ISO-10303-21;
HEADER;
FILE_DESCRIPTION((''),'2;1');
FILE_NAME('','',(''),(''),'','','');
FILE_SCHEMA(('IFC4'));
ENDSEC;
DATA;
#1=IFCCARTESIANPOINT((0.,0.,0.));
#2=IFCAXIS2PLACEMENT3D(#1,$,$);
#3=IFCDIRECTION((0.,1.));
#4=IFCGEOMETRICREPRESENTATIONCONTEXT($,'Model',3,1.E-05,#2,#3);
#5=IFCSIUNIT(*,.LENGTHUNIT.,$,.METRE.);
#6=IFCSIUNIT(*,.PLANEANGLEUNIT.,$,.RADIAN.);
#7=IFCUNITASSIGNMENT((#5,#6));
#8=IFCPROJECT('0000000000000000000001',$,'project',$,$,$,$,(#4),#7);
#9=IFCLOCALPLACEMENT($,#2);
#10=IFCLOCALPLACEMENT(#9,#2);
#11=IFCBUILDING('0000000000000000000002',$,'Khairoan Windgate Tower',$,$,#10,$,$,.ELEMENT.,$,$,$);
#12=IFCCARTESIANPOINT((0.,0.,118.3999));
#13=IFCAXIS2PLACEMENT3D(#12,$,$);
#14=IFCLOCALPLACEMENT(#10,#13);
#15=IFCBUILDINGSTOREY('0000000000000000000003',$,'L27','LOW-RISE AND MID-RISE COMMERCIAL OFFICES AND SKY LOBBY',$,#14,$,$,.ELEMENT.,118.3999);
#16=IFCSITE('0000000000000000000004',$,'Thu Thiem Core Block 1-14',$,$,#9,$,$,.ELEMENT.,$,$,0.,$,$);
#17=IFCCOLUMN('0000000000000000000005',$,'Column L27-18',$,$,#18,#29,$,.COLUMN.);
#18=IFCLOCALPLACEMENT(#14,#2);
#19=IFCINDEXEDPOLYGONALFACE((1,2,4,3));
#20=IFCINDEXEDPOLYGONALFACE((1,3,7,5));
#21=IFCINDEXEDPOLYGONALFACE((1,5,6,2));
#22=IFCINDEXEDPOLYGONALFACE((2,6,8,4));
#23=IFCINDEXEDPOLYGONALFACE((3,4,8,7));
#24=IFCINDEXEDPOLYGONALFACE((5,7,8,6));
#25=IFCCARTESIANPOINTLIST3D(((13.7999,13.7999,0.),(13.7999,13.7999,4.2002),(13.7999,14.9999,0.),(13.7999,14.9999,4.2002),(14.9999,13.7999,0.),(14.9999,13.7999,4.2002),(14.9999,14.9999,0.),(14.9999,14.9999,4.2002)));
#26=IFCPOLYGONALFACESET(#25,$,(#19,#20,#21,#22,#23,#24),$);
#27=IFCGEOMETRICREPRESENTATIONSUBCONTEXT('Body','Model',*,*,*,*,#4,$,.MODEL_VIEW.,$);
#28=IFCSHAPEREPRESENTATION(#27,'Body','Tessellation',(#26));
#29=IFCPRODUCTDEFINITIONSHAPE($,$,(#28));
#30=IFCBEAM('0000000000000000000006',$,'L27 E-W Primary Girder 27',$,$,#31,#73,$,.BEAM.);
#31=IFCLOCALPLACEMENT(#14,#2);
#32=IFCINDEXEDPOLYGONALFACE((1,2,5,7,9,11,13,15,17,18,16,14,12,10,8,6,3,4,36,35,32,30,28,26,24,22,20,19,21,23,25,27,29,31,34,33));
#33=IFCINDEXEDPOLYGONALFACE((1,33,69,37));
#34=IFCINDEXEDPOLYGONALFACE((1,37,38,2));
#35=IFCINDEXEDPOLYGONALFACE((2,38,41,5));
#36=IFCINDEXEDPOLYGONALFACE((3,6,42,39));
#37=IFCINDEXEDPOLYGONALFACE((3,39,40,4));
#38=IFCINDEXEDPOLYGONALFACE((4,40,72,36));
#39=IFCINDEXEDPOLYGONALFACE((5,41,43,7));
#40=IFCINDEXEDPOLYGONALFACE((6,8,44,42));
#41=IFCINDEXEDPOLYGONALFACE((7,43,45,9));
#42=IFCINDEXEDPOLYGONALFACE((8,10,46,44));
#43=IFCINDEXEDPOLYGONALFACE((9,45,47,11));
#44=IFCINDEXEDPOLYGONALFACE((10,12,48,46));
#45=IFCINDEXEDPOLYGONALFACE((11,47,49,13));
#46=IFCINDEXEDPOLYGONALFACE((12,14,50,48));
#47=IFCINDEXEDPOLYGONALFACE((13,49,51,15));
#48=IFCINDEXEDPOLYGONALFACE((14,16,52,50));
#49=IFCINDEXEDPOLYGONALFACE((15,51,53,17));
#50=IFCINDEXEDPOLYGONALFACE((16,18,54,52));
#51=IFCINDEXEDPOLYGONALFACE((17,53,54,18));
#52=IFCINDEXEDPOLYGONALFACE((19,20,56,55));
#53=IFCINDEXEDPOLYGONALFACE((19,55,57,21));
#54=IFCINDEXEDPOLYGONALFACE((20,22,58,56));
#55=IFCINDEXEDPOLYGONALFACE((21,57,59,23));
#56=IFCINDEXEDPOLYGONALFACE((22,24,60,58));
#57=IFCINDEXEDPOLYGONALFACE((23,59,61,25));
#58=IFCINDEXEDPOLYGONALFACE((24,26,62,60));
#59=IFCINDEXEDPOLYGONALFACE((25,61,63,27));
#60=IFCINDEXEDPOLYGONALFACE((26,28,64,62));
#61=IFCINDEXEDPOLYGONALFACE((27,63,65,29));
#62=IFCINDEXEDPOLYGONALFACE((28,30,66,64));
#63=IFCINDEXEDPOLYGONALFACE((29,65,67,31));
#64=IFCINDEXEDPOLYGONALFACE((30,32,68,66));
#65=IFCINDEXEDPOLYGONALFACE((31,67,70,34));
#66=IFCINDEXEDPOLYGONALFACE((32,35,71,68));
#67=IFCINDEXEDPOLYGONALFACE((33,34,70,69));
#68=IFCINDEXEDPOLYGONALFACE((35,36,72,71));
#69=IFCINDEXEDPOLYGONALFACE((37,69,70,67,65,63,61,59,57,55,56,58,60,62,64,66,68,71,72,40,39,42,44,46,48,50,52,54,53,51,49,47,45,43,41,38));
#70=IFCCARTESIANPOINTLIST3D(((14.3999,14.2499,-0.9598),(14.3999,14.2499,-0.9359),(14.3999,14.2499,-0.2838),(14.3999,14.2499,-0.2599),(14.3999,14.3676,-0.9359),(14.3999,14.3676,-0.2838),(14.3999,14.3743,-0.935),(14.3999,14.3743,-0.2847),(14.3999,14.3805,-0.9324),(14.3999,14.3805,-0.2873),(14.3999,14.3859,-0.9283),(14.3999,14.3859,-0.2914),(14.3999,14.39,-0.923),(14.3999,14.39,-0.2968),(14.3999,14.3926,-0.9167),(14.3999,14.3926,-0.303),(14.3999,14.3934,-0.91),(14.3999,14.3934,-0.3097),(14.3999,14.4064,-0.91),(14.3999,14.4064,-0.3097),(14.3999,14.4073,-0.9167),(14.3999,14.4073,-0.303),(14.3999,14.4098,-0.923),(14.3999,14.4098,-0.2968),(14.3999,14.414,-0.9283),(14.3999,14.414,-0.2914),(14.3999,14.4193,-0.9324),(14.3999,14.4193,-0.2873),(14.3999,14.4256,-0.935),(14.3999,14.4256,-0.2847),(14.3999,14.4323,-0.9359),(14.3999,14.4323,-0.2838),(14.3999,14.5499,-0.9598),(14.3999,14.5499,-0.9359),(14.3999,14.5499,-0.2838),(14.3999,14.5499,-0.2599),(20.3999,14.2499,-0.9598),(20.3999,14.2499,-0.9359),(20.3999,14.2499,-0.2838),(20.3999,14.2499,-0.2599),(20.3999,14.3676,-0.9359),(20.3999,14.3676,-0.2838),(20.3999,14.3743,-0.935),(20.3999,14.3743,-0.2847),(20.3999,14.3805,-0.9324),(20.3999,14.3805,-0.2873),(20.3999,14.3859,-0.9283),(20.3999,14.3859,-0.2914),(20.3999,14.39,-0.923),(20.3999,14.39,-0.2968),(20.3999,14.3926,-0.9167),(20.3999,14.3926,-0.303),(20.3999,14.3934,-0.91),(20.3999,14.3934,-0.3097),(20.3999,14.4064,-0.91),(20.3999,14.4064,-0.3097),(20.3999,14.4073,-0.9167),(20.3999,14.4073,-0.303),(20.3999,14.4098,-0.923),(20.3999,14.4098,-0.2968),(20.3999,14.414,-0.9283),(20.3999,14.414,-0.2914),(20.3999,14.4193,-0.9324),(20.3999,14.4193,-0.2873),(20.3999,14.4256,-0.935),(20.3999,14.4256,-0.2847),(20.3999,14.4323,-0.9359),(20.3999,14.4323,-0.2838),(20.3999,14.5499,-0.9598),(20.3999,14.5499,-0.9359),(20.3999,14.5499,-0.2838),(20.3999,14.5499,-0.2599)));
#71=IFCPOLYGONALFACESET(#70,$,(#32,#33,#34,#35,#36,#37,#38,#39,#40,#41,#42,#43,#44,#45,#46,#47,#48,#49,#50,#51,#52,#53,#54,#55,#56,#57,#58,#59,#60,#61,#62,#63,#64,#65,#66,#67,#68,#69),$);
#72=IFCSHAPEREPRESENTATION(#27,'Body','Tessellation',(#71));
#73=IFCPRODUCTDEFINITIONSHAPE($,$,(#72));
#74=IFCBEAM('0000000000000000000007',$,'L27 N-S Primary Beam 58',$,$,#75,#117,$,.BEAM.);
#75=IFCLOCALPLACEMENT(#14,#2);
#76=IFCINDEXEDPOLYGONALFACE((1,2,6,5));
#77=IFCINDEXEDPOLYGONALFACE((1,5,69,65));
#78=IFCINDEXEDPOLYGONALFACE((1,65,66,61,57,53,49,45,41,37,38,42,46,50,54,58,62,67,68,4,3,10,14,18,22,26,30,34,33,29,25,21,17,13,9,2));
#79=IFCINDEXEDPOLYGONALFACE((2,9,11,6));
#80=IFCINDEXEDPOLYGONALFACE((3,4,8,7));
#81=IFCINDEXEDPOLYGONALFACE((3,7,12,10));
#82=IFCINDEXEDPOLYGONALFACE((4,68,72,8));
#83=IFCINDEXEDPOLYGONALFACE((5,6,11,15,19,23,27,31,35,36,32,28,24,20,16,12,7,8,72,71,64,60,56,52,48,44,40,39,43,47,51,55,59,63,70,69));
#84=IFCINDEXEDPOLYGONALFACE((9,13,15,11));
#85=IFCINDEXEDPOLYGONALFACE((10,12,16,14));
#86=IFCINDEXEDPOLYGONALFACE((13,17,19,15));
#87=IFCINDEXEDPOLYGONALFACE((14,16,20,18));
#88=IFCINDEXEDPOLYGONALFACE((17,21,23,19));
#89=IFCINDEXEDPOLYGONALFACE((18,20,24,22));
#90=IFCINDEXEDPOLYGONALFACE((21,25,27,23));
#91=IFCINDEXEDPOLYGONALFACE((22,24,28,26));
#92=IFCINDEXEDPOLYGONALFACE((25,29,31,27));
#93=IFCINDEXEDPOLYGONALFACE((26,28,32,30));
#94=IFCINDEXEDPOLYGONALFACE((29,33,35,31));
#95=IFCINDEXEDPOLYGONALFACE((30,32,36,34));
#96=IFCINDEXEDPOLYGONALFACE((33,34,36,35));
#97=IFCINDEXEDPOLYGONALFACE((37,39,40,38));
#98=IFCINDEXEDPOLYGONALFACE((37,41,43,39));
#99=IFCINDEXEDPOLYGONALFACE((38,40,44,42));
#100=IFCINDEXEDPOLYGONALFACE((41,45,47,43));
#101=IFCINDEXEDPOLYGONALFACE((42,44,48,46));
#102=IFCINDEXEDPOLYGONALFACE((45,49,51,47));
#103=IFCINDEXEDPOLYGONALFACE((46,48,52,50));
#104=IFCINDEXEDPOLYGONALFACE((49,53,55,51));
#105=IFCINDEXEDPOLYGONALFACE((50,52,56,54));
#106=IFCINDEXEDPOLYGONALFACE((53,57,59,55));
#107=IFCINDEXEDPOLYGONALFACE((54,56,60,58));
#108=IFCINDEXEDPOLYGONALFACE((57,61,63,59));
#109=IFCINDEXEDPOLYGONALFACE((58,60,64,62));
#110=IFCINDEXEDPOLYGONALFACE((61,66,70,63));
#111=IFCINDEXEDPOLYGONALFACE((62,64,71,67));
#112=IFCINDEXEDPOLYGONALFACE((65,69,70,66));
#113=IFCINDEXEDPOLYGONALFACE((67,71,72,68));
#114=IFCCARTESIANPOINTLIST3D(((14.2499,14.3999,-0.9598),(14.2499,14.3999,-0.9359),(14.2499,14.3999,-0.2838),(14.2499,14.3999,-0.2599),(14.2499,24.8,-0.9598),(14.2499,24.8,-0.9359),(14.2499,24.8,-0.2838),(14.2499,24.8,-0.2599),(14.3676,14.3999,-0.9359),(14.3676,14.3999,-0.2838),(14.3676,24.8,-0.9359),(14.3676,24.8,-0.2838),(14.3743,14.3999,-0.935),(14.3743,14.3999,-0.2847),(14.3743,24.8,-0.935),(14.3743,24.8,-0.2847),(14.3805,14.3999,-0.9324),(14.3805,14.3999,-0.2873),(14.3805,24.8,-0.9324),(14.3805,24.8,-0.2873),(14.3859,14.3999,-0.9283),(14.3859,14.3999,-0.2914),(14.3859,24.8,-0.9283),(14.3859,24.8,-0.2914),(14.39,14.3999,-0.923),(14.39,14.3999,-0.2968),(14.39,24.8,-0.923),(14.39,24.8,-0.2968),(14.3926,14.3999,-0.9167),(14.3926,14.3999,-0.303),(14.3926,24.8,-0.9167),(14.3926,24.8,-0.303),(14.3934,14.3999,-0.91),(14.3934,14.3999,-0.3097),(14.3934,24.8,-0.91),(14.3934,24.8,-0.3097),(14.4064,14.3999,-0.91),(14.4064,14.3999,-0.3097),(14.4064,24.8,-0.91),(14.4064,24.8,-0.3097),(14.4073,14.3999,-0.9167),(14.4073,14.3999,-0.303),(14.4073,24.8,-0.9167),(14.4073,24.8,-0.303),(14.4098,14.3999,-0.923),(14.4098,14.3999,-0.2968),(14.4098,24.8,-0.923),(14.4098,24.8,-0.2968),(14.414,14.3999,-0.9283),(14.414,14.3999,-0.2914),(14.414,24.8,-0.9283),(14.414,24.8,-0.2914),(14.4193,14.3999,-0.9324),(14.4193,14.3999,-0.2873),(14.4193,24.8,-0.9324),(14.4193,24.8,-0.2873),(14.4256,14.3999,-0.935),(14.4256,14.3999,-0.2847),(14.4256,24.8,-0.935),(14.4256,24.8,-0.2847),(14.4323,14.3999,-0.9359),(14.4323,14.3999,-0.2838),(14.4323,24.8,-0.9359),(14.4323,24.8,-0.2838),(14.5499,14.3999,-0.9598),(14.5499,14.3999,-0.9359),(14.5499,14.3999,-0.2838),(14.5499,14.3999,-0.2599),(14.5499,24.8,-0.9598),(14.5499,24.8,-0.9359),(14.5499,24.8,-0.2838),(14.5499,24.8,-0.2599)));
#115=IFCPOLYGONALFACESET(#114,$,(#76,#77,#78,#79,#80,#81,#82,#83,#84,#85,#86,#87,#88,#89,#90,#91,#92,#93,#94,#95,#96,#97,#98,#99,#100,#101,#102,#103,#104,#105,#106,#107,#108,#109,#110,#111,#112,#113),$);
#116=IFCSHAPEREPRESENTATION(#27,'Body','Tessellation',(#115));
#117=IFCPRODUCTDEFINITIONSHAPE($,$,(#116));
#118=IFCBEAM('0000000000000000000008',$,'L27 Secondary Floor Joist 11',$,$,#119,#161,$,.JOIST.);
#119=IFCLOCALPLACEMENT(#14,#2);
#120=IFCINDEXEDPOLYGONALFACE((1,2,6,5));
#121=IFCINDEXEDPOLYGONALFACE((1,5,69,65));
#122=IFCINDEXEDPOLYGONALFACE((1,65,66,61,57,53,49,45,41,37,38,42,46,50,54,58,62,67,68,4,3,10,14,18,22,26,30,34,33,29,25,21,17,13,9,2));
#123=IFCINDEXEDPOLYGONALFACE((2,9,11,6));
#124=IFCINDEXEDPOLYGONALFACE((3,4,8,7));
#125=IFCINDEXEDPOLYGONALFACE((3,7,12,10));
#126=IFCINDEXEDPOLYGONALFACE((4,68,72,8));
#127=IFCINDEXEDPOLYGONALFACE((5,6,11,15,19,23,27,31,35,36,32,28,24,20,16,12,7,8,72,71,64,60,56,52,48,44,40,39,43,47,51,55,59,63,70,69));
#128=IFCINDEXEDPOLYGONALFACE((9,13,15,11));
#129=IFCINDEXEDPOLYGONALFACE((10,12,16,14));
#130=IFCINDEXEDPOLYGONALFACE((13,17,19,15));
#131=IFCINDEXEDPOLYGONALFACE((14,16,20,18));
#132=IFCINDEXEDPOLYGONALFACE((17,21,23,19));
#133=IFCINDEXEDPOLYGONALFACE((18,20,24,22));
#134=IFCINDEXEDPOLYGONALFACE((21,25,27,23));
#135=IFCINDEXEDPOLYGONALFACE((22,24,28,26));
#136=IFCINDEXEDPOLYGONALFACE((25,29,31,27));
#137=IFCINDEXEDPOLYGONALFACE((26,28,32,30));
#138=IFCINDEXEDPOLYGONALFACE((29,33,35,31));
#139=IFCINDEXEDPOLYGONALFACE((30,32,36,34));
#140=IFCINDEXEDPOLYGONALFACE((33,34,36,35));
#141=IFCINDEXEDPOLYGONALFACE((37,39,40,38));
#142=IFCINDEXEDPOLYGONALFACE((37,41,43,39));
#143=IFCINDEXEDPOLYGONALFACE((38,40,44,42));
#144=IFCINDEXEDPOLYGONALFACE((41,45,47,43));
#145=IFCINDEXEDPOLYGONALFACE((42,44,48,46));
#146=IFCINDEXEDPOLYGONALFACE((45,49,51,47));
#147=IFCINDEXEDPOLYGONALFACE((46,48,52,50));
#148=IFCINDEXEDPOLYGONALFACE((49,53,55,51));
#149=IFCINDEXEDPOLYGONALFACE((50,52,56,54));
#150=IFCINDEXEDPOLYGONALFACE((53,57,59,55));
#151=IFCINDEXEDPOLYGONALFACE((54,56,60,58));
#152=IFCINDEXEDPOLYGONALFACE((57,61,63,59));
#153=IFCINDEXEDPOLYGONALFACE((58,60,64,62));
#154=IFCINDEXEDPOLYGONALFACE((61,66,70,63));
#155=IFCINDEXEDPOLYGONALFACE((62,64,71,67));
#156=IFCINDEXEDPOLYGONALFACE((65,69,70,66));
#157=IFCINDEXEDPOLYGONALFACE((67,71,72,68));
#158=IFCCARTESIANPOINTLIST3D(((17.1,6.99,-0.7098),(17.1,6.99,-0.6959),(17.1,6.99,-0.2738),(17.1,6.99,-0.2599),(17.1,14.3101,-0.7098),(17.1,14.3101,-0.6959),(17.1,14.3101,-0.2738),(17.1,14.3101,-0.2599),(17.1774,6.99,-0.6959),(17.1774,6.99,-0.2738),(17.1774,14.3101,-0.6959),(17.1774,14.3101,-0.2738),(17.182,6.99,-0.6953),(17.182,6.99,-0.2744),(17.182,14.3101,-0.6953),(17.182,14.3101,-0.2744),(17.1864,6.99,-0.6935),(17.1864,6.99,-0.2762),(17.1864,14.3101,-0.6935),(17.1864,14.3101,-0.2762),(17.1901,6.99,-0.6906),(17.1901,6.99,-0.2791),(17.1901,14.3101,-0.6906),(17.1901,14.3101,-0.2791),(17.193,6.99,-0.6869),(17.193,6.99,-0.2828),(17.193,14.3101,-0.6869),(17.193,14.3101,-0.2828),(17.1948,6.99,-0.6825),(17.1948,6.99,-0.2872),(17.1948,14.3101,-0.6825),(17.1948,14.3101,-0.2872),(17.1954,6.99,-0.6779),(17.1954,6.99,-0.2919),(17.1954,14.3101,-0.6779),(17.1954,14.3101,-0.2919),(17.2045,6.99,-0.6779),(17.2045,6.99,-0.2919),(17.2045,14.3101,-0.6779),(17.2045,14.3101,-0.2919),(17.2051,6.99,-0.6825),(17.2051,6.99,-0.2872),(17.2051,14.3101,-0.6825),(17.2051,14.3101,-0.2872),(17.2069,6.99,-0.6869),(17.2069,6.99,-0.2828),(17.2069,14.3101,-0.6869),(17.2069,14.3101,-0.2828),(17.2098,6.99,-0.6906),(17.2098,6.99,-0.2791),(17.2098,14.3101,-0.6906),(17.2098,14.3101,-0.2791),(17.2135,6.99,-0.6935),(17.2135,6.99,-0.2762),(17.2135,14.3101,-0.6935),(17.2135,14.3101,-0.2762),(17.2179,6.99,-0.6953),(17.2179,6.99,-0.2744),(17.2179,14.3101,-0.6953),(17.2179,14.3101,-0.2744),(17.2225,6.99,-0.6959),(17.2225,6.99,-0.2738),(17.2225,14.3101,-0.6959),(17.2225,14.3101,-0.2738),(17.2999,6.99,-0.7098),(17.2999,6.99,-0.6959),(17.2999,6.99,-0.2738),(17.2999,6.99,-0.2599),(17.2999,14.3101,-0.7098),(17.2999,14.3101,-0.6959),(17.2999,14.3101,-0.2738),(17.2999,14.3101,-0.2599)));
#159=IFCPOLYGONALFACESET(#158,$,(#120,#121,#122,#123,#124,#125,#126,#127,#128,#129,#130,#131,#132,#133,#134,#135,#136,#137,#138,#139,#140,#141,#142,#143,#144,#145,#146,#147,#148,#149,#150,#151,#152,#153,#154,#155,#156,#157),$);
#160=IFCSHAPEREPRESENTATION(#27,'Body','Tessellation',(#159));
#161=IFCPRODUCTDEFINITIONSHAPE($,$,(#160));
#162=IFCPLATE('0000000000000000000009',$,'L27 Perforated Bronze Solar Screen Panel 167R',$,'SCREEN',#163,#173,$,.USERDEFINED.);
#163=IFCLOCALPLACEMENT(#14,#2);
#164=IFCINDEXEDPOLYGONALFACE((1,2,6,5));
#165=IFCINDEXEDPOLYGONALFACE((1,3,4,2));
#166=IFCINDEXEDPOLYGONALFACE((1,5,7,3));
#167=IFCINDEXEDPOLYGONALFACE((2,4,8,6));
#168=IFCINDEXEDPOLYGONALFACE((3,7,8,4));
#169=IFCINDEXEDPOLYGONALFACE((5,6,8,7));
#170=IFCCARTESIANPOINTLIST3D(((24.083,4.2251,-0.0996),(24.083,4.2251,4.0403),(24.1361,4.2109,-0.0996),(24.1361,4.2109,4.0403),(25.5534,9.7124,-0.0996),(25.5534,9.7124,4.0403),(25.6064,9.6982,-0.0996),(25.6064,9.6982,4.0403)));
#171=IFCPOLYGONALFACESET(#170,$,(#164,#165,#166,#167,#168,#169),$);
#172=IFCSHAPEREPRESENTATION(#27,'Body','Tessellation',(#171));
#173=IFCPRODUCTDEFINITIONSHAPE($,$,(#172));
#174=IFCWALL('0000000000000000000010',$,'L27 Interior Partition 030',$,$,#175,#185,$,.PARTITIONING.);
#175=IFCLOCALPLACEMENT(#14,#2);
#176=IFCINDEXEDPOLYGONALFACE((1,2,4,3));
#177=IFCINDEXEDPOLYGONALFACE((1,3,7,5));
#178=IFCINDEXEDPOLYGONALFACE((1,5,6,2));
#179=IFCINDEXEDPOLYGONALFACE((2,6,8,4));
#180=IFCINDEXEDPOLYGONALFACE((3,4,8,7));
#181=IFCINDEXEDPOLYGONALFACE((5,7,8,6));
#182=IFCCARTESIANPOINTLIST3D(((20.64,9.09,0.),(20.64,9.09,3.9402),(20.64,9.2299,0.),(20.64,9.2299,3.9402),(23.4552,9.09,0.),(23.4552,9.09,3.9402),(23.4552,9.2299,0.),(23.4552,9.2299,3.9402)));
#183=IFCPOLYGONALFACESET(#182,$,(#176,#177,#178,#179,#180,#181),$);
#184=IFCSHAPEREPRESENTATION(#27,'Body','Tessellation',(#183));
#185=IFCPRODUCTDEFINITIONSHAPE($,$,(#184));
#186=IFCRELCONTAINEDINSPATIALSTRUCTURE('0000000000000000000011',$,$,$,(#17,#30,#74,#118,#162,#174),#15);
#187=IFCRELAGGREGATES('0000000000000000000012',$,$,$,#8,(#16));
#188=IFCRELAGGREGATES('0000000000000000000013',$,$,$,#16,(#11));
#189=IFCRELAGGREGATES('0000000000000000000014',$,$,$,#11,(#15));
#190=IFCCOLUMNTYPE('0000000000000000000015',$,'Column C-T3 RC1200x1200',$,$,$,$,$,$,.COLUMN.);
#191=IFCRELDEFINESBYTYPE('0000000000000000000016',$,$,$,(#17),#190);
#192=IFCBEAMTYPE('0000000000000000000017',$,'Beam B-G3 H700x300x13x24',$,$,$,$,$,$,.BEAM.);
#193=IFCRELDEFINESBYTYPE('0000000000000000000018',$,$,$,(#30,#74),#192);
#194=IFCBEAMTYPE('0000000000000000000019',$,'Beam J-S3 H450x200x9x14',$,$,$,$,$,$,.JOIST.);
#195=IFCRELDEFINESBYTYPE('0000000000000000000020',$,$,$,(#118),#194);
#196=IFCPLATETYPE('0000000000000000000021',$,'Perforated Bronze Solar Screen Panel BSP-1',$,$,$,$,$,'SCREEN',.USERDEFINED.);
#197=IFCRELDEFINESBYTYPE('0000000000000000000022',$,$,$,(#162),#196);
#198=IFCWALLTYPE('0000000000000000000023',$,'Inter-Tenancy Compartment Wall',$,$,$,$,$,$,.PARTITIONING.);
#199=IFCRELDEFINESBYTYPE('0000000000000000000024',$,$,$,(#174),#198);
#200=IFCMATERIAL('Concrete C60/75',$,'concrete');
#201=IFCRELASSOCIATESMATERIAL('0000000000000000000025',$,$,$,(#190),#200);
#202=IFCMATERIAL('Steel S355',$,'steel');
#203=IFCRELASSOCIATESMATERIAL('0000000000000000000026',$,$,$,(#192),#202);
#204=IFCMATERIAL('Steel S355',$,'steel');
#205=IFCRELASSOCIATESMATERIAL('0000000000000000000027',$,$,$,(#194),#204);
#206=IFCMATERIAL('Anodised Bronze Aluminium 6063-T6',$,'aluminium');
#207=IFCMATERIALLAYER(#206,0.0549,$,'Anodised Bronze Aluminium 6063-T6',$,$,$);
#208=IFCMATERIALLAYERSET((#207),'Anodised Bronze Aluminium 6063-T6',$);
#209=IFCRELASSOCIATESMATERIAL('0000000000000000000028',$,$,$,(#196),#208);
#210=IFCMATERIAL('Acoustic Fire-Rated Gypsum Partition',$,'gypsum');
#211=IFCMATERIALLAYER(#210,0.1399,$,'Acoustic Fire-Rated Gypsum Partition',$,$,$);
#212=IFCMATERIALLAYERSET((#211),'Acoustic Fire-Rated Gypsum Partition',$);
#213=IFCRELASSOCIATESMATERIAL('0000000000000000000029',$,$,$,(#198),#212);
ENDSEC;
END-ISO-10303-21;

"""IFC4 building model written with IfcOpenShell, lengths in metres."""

from ifc_helpers import new_model, si_unit, direction, frame, frame_2d, origin, origin_2d, place, context, subcontext, project, spatial, rectangle, i_section, extrude, material, layer, layer_set, material_profile, profile_set, type_object, element, save


model = new_model("IFC4")

# Units and contexts
model_context = context("Model", 3, precision=1e-05, world=origin(), true_north=direction((0.0, 1.0)))
body_context = subcontext(model_context, "Body", "Model", "MODEL_VIEW")
ifc_project = project(units=[si_unit("LENGTHUNIT", "METRE"), si_unit("PLANEANGLEUNIT", "RADIAN")], contexts=[model_context])

# Site, building, storey
site_placement = place(None, origin())
site = spatial("IfcSite", under=ifc_project, at=site_placement, Name="Thu Thiem Core Block 1-14", CompositionType="ELEMENT", RefElevation=0.0)
building_placement = place(site_placement, origin())
building = spatial("IfcBuilding", under=site, at=building_placement, Name="Khairoan Windgate Tower", CompositionType="ELEMENT")
storey_placement = place(building_placement, frame((0.0, 0.0, 118.3999)))
storey = spatial("IfcBuildingStorey", under=building, at=storey_placement, Name="L27", Description="LOW-RISE AND MID-RISE COMMERCIAL OFFICES AND SKY LOBBY", CompositionType="ELEMENT", Elevation=118.3999)

# Column
ifc_material_1 = material(Name="Concrete C60/75", Category="concrete")
ifc_material_profile_1 = material_profile(ifc_material_1, rectangle(XDim=1.2, YDim=1.2, at=origin_2d()))
ifc_profile_set_1 = profile_set([ifc_material_profile_1], Name="Concrete C60/75")
column_type = type_object("IfcColumnType", Name="Column C-T3 RC1200x1200", PredefinedType="COLUMN", material=ifc_profile_set_1)
column_placement = place(storey_placement, frame((14.3999, 14.3999, 0.0), z_axis=(0.0, 0.0, 1.0), x_axis=(1.0, 0.0, 0.0)))
element("IfcColumn", 1, at=column_placement, inside=storey, type_object=column_type, Name="Column L27-18", PredefinedType="COLUMN", context=body_context, shape_type="SweptSolid", body=[
    extrude(rectangle(XDim=1.2, YDim=1.2, at=origin_2d()), origin(), (0.0, 0.0, 1.0), 4.2002),
])

# Beams
ifc_material_2 = material(Name="Steel S355", Category="steel")
ifc_material_profile_2 = material_profile(ifc_material_2, i_section(OverallWidth=0.3, OverallDepth=0.7, WebThickness=0.0129, FlangeThickness=0.0239, FilletRadius=0.0259, at=origin_2d()))
ifc_profile_set_2 = profile_set([ifc_material_profile_2], Name="Steel S355")
beam_type_1 = type_object("IfcBeamType", Name="Beam B-G3 H700x300x13x24", PredefinedType="BEAM", material=ifc_profile_set_2)
beam_1_placement = place(storey_placement, frame((14.3999, 14.3999, -0.6099), z_axis=(1.0, 0.0, 0.0), x_axis=(0.0, 1.0, 0.0)))
element("IfcBeam", 2, at=beam_1_placement, inside=storey, type_object=beam_type_1, Name="L27 E-W Primary Girder 27", PredefinedType="BEAM", context=body_context, shape_type="SweptSolid", body=[
    extrude(i_section(OverallWidth=0.3, OverallDepth=0.7, WebThickness=0.0129, FlangeThickness=0.0239, FilletRadius=0.0259, at=origin_2d()), origin(), (0.0, 0.0, 1.0), 6.0),
])
beam_2_placement = place(storey_placement, frame((14.3999, 14.3999, -0.6099), z_axis=(0.0, 1.0, 0.0), x_axis=(-1.0, 0.0, 0.0)))
element("IfcBeam", 3, at=beam_2_placement, inside=storey, type_object=beam_type_1, Name="L27 N-S Primary Beam 58", PredefinedType="BEAM", context=body_context, shape_type="SweptSolid", body=[
    extrude(i_section(OverallWidth=0.3, OverallDepth=0.7, WebThickness=0.0129, FlangeThickness=0.0239, FilletRadius=0.0259, at=origin_2d()), origin(), (0.0, 0.0, 1.0), 10.4001),
])
ifc_material_3 = material(Name="Steel S355", Category="steel")
ifc_material_profile_3 = material_profile(ifc_material_3, i_section(OverallWidth=0.2, OverallDepth=0.45, WebThickness=0.009, FlangeThickness=0.0139, FilletRadius=0.0181, at=origin_2d()))
ifc_profile_set_3 = profile_set([ifc_material_profile_3], Name="Steel S355")
beam_type_2 = type_object("IfcBeamType", Name="Beam J-S3 H450x200x9x14", PredefinedType="JOIST", material=ifc_profile_set_3)
beam_3_placement = place(storey_placement, frame((17.2, 6.99, -0.4849), z_axis=(0.0, 1.0, 0.0), x_axis=(-1.0, 0.0, 0.0)))
element("IfcBeam", 4, at=beam_3_placement, inside=storey, type_object=beam_type_2, Name="L27 Secondary Floor Joist 11", PredefinedType="JOIST", context=body_context, shape_type="SweptSolid", body=[
    extrude(i_section(OverallWidth=0.2, OverallDepth=0.45, WebThickness=0.009, FlangeThickness=0.0139, FilletRadius=0.0181, at=origin_2d()), origin(), (0.0, 0.0, 1.0), 7.3201),
])

# Plate
ifc_material_4 = material(Name="Anodised Bronze Aluminium 6063-T6", Category="aluminium")
ifc_layer_1 = layer(ifc_material_4, 0.0549, Name="Anodised Bronze Aluminium 6063-T6")
ifc_layer_set_1 = layer_set([ifc_layer_1], Name="Anodised Bronze Aluminium 6063-T6")
plate_type = type_object("IfcPlateType", Name="Perforated Bronze Solar Screen Panel BSP-1", ElementType="SCREEN", PredefinedType="USERDEFINED", material=ifc_layer_set_1)
plate_placement = place(storey_placement, frame((24.8447, 6.9617, -0.0996), z_axis=(0.0, 0.0, 1.0), x_axis=(-0.258819, -0.965926, 0.0)))
element("IfcPlate", 5, at=plate_placement, inside=storey, type_object=plate_type, Name="L27 Perforated Bronze Solar Screen Panel 167R", ObjectType="SCREEN", PredefinedType="USERDEFINED", context=body_context, shape_type="SweptSolid", body=[
    extrude(rectangle(XDim=5.6809, YDim=0.0549, at=origin_2d()), origin(), (0.0, 0.0, 1.0), 4.1399),
])

# Wall
ifc_material_5 = material(Name="Acoustic Fire-Rated Gypsum Partition", Category="gypsum")
ifc_layer_2 = layer(ifc_material_5, 0.1399, Name="Acoustic Fire-Rated Gypsum Partition")
ifc_layer_set_2 = layer_set([ifc_layer_2], Name="Acoustic Fire-Rated Gypsum Partition")
wall_type_1 = type_object("IfcWallType", Name="Inter-Tenancy Compartment Wall", PredefinedType="PARTITIONING", material=ifc_layer_set_2)
wall_1_placement = place(storey_placement, frame((20.6399, 9.1599, 0.0), z_axis=(0.0, 0.0, 1.0), x_axis=(1.0, 0.0, 0.0)))
element("IfcWall", 6, at=wall_1_placement, inside=storey, type_object=wall_type_1, Name="L27 Interior Partition 030", PredefinedType="PARTITIONING", context=body_context, shape_type="SweptSolid", body=[
    extrude(rectangle(XDim=2.8152, YDim=0.1399, at=frame_2d((1.4077, 0.0))), origin(), (0.0, 0.0, 1.0), 3.9402),
])

save(model, "model.ifc")
